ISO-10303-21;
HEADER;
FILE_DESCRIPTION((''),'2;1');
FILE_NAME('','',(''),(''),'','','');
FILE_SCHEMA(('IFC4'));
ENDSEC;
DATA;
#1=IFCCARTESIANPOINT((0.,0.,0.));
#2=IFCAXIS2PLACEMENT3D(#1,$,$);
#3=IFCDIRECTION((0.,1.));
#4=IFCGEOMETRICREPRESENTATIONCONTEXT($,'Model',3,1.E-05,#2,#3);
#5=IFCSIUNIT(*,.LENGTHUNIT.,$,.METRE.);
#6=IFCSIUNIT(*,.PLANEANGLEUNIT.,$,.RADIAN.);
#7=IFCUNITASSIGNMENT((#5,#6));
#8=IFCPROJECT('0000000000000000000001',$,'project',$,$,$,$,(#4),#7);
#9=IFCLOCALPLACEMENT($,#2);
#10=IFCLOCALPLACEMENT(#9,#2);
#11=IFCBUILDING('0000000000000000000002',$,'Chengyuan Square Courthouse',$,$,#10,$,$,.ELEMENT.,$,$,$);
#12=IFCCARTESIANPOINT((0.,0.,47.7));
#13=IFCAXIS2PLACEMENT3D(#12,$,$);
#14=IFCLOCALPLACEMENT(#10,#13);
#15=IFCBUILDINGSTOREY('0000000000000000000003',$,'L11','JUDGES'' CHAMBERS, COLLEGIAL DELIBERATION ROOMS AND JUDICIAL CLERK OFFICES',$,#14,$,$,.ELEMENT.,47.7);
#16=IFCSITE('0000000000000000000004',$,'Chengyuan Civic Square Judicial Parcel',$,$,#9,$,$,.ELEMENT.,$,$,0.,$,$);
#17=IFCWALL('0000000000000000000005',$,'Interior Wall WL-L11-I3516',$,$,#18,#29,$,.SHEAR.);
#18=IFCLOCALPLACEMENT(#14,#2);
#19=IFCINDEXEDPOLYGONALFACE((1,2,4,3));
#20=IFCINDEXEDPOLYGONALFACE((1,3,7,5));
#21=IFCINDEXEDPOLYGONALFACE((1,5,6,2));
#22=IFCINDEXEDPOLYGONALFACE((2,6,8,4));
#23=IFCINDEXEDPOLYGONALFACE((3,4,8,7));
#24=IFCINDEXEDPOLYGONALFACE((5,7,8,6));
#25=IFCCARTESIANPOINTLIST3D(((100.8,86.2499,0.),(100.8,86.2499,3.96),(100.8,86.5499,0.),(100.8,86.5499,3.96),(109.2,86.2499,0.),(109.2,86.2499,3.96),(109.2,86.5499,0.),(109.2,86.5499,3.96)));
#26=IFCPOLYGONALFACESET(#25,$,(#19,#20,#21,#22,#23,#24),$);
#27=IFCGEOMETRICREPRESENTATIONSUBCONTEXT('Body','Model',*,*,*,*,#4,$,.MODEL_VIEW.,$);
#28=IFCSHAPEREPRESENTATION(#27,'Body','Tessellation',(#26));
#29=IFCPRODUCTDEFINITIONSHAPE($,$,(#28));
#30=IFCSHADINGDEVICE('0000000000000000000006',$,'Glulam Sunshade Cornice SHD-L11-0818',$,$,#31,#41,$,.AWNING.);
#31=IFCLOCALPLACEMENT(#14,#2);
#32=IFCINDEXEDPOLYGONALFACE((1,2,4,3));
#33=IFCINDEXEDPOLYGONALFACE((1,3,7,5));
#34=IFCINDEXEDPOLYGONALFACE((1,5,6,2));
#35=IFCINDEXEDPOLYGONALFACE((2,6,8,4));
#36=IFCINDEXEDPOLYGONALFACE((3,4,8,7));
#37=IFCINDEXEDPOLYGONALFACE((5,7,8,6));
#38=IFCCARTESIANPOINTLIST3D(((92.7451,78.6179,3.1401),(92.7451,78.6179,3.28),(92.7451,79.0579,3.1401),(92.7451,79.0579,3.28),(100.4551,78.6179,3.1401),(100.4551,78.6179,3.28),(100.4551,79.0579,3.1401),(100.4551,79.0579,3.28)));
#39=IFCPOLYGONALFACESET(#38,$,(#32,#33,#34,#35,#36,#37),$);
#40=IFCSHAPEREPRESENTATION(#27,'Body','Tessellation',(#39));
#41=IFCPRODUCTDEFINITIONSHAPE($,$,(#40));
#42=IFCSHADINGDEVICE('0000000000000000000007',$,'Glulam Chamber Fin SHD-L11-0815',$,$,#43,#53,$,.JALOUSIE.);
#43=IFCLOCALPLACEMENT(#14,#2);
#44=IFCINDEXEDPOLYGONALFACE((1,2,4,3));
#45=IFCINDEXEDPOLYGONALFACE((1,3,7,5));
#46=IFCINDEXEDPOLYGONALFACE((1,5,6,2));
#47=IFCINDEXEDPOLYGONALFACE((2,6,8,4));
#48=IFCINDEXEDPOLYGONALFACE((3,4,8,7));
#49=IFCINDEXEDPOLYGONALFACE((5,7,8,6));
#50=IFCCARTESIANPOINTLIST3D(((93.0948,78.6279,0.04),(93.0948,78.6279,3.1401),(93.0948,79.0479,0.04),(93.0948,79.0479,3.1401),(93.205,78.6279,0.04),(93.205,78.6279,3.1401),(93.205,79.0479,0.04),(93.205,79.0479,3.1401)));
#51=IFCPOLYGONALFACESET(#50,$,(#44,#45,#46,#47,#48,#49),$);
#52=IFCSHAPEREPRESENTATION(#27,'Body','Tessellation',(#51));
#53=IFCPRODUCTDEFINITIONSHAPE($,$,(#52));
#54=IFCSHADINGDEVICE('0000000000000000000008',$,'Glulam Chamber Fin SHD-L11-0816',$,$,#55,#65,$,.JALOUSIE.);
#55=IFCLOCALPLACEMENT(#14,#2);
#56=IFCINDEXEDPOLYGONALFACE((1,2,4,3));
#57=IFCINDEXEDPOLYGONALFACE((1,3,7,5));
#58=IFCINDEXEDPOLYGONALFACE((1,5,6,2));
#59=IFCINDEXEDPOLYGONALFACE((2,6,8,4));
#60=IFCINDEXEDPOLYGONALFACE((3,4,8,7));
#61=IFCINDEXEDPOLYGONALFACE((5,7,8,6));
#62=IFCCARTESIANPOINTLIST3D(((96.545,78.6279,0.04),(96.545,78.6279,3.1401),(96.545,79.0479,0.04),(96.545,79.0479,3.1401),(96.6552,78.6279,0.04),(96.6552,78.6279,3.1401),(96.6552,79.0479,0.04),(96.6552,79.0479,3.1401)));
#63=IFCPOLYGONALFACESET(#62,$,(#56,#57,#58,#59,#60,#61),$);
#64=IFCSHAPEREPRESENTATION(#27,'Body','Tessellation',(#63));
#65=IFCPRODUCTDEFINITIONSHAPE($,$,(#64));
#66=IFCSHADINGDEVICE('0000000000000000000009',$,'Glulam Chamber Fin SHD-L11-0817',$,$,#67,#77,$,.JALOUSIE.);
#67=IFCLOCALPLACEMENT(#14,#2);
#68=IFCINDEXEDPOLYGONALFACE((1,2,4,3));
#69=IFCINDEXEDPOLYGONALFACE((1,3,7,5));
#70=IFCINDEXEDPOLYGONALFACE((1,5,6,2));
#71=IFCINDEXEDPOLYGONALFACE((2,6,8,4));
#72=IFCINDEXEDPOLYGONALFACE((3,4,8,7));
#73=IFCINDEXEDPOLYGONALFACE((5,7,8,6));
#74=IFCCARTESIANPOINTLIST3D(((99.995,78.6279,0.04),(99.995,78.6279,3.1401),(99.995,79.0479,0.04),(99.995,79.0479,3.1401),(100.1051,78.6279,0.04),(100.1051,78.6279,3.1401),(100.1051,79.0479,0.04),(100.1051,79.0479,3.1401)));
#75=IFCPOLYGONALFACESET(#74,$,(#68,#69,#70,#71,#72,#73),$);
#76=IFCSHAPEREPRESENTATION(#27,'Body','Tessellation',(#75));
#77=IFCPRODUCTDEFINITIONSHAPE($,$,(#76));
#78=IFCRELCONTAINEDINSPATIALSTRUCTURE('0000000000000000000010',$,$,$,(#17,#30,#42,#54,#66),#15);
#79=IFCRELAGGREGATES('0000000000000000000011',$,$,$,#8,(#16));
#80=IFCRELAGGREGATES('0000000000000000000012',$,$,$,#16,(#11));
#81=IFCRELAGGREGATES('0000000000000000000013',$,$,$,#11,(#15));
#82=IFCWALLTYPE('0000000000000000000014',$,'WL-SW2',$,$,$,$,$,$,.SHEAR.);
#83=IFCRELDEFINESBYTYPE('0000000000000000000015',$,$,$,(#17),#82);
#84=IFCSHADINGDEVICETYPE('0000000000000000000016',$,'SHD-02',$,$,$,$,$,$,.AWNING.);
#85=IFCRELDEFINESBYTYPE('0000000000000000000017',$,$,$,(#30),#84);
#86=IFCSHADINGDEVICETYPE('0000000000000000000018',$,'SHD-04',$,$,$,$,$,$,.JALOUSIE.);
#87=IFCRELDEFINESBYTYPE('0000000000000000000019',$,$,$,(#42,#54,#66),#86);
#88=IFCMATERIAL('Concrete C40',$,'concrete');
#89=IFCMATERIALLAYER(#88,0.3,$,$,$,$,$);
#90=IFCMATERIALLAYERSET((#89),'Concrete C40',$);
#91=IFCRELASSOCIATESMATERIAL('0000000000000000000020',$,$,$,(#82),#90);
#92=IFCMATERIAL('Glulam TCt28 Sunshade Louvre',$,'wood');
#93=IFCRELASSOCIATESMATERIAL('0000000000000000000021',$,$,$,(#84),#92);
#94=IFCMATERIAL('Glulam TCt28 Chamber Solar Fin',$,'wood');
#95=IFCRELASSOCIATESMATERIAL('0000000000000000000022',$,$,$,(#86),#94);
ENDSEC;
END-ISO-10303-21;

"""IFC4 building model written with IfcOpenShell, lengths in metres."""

from ifc_helpers import new_model, si_unit, direction, frame, frame_2d, origin, origin_2d, place, context, subcontext, project, spatial, rectangle, extrude, material, layer, layer_set, type_object, element, save


model = new_model("IFC4")

# Units and contexts
model_context = context("Model", 3, precision=1e-05, world=origin(), true_north=direction((0.0, 1.0)))
body_context = subcontext(model_context, "Body", "Model", "MODEL_VIEW")
ifc_project = project(units=[si_unit("LENGTHUNIT", "METRE"), si_unit("PLANEANGLEUNIT", "RADIAN")], contexts=[model_context])

# Site, building, storey
site_placement = place(None, origin())
site = spatial("IfcSite", under=ifc_project, at=site_placement, Name="Chengyuan Civic Square Judicial Parcel", CompositionType="ELEMENT", RefElevation=0.0)
building_placement = place(site_placement, origin())
building = spatial("IfcBuilding", under=site, at=building_placement, Name="Chengyuan Square Courthouse", CompositionType="ELEMENT")
storey_placement = place(building_placement, frame((0.0, 0.0, 47.7)))
storey = spatial("IfcBuildingStorey", under=building, at=storey_placement, Name="L11", Description="JUDGES' CHAMBERS, COLLEGIAL DELIBERATION ROOMS AND JUDICIAL CLERK OFFICES", CompositionType="ELEMENT", Elevation=47.7)

# Shared definitions
ifc_material_1 = material(Name="Concrete C40", Category="concrete")

# Wall
ifc_layer_1 = layer(ifc_material_1, 0.3)
ifc_layer_set_1 = layer_set([ifc_layer_1], Name="Concrete C40")
wall_type_1 = type_object("IfcWallType", Name="WL-SW2", PredefinedType="SHEAR", material=ifc_layer_set_1)
wall_1_placement = place(storey_placement, frame((100.8, 86.3999, 0.0), z_axis=(0.0, 0.0, 1.0), x_axis=(1.0, 0.0, 0.0)))
element("IfcWall", 1, at=wall_1_placement, inside=storey, type_object=wall_type_1, Name="Interior Wall WL-L11-I3516", PredefinedType="SHEAR", context=body_context, shape_type="SweptSolid", body=[
    extrude(rectangle(XDim=8.3999, YDim=0.3, at=frame_2d((4.2, 0.0))), origin(), (0.0, 0.0, 1.0), 3.96),
])

# Shading devices
ifc_material_2 = material(Name="Glulam TCt28 Sunshade Louvre", Category="wood")
shading_device_type_1 = type_object("IfcShadingDeviceType", Name="SHD-02", PredefinedType="AWNING", material=ifc_material_2)
shading_device_placement = place(storey_placement, frame((96.6001, 78.8379, 3.1401), z_axis=(0.0, 0.0, 1.0), x_axis=(1.0, 0.0, 0.0)))
element("IfcShadingDevice", 2, at=shading_device_placement, inside=storey, type_object=shading_device_type_1, Name="Glulam Sunshade Cornice SHD-L11-0818", PredefinedType="AWNING", context=body_context, shape_type="SweptSolid", body=[
    extrude(rectangle(XDim=7.71, YDim=0.4399, at=origin_2d()), origin(), (0.0, 0.0, 1.0), 0.1399),
])
ifc_material_3 = material(Name="Glulam TCt28 Chamber Solar Fin", Category="wood")
shading_device_type_2 = type_object("IfcShadingDeviceType", Name="SHD-04", PredefinedType="JALOUSIE", material=ifc_material_3)
for number, where, z_axis, x_axis, name in (
    (3, (93.1499, 78.8379, 0.04), (0.0, 0.0, 1.0), (0.0, 1.0, 0.0), "Glulam Chamber Fin SHD-L11-0815"),
    (4, (96.6001, 78.8379, 0.04), (0.0, 0.0, 1.0), (0.0, 1.0, 0.0), "Glulam Chamber Fin SHD-L11-0816"),
    (5, (100.05, 78.8379, 0.04), (0.0, 0.0, 1.0), (0.0, 1.0, 0.0), "Glulam Chamber Fin SHD-L11-0817"),
):
    element("IfcShadingDevice", number, at=place(storey_placement, frame(where, z_axis=z_axis, x_axis=x_axis)), inside=storey, type_object=shading_device_type_2, Name=name, PredefinedType="JALOUSIE", context=body_context, shape_type="SweptSolid", body=[
        extrude(rectangle(XDim=0.4199, YDim=0.1101, at=origin_2d()), origin(), (0.0, 0.0, 1.0), 3.1001),
    ])

save(model, "model.ifc")
